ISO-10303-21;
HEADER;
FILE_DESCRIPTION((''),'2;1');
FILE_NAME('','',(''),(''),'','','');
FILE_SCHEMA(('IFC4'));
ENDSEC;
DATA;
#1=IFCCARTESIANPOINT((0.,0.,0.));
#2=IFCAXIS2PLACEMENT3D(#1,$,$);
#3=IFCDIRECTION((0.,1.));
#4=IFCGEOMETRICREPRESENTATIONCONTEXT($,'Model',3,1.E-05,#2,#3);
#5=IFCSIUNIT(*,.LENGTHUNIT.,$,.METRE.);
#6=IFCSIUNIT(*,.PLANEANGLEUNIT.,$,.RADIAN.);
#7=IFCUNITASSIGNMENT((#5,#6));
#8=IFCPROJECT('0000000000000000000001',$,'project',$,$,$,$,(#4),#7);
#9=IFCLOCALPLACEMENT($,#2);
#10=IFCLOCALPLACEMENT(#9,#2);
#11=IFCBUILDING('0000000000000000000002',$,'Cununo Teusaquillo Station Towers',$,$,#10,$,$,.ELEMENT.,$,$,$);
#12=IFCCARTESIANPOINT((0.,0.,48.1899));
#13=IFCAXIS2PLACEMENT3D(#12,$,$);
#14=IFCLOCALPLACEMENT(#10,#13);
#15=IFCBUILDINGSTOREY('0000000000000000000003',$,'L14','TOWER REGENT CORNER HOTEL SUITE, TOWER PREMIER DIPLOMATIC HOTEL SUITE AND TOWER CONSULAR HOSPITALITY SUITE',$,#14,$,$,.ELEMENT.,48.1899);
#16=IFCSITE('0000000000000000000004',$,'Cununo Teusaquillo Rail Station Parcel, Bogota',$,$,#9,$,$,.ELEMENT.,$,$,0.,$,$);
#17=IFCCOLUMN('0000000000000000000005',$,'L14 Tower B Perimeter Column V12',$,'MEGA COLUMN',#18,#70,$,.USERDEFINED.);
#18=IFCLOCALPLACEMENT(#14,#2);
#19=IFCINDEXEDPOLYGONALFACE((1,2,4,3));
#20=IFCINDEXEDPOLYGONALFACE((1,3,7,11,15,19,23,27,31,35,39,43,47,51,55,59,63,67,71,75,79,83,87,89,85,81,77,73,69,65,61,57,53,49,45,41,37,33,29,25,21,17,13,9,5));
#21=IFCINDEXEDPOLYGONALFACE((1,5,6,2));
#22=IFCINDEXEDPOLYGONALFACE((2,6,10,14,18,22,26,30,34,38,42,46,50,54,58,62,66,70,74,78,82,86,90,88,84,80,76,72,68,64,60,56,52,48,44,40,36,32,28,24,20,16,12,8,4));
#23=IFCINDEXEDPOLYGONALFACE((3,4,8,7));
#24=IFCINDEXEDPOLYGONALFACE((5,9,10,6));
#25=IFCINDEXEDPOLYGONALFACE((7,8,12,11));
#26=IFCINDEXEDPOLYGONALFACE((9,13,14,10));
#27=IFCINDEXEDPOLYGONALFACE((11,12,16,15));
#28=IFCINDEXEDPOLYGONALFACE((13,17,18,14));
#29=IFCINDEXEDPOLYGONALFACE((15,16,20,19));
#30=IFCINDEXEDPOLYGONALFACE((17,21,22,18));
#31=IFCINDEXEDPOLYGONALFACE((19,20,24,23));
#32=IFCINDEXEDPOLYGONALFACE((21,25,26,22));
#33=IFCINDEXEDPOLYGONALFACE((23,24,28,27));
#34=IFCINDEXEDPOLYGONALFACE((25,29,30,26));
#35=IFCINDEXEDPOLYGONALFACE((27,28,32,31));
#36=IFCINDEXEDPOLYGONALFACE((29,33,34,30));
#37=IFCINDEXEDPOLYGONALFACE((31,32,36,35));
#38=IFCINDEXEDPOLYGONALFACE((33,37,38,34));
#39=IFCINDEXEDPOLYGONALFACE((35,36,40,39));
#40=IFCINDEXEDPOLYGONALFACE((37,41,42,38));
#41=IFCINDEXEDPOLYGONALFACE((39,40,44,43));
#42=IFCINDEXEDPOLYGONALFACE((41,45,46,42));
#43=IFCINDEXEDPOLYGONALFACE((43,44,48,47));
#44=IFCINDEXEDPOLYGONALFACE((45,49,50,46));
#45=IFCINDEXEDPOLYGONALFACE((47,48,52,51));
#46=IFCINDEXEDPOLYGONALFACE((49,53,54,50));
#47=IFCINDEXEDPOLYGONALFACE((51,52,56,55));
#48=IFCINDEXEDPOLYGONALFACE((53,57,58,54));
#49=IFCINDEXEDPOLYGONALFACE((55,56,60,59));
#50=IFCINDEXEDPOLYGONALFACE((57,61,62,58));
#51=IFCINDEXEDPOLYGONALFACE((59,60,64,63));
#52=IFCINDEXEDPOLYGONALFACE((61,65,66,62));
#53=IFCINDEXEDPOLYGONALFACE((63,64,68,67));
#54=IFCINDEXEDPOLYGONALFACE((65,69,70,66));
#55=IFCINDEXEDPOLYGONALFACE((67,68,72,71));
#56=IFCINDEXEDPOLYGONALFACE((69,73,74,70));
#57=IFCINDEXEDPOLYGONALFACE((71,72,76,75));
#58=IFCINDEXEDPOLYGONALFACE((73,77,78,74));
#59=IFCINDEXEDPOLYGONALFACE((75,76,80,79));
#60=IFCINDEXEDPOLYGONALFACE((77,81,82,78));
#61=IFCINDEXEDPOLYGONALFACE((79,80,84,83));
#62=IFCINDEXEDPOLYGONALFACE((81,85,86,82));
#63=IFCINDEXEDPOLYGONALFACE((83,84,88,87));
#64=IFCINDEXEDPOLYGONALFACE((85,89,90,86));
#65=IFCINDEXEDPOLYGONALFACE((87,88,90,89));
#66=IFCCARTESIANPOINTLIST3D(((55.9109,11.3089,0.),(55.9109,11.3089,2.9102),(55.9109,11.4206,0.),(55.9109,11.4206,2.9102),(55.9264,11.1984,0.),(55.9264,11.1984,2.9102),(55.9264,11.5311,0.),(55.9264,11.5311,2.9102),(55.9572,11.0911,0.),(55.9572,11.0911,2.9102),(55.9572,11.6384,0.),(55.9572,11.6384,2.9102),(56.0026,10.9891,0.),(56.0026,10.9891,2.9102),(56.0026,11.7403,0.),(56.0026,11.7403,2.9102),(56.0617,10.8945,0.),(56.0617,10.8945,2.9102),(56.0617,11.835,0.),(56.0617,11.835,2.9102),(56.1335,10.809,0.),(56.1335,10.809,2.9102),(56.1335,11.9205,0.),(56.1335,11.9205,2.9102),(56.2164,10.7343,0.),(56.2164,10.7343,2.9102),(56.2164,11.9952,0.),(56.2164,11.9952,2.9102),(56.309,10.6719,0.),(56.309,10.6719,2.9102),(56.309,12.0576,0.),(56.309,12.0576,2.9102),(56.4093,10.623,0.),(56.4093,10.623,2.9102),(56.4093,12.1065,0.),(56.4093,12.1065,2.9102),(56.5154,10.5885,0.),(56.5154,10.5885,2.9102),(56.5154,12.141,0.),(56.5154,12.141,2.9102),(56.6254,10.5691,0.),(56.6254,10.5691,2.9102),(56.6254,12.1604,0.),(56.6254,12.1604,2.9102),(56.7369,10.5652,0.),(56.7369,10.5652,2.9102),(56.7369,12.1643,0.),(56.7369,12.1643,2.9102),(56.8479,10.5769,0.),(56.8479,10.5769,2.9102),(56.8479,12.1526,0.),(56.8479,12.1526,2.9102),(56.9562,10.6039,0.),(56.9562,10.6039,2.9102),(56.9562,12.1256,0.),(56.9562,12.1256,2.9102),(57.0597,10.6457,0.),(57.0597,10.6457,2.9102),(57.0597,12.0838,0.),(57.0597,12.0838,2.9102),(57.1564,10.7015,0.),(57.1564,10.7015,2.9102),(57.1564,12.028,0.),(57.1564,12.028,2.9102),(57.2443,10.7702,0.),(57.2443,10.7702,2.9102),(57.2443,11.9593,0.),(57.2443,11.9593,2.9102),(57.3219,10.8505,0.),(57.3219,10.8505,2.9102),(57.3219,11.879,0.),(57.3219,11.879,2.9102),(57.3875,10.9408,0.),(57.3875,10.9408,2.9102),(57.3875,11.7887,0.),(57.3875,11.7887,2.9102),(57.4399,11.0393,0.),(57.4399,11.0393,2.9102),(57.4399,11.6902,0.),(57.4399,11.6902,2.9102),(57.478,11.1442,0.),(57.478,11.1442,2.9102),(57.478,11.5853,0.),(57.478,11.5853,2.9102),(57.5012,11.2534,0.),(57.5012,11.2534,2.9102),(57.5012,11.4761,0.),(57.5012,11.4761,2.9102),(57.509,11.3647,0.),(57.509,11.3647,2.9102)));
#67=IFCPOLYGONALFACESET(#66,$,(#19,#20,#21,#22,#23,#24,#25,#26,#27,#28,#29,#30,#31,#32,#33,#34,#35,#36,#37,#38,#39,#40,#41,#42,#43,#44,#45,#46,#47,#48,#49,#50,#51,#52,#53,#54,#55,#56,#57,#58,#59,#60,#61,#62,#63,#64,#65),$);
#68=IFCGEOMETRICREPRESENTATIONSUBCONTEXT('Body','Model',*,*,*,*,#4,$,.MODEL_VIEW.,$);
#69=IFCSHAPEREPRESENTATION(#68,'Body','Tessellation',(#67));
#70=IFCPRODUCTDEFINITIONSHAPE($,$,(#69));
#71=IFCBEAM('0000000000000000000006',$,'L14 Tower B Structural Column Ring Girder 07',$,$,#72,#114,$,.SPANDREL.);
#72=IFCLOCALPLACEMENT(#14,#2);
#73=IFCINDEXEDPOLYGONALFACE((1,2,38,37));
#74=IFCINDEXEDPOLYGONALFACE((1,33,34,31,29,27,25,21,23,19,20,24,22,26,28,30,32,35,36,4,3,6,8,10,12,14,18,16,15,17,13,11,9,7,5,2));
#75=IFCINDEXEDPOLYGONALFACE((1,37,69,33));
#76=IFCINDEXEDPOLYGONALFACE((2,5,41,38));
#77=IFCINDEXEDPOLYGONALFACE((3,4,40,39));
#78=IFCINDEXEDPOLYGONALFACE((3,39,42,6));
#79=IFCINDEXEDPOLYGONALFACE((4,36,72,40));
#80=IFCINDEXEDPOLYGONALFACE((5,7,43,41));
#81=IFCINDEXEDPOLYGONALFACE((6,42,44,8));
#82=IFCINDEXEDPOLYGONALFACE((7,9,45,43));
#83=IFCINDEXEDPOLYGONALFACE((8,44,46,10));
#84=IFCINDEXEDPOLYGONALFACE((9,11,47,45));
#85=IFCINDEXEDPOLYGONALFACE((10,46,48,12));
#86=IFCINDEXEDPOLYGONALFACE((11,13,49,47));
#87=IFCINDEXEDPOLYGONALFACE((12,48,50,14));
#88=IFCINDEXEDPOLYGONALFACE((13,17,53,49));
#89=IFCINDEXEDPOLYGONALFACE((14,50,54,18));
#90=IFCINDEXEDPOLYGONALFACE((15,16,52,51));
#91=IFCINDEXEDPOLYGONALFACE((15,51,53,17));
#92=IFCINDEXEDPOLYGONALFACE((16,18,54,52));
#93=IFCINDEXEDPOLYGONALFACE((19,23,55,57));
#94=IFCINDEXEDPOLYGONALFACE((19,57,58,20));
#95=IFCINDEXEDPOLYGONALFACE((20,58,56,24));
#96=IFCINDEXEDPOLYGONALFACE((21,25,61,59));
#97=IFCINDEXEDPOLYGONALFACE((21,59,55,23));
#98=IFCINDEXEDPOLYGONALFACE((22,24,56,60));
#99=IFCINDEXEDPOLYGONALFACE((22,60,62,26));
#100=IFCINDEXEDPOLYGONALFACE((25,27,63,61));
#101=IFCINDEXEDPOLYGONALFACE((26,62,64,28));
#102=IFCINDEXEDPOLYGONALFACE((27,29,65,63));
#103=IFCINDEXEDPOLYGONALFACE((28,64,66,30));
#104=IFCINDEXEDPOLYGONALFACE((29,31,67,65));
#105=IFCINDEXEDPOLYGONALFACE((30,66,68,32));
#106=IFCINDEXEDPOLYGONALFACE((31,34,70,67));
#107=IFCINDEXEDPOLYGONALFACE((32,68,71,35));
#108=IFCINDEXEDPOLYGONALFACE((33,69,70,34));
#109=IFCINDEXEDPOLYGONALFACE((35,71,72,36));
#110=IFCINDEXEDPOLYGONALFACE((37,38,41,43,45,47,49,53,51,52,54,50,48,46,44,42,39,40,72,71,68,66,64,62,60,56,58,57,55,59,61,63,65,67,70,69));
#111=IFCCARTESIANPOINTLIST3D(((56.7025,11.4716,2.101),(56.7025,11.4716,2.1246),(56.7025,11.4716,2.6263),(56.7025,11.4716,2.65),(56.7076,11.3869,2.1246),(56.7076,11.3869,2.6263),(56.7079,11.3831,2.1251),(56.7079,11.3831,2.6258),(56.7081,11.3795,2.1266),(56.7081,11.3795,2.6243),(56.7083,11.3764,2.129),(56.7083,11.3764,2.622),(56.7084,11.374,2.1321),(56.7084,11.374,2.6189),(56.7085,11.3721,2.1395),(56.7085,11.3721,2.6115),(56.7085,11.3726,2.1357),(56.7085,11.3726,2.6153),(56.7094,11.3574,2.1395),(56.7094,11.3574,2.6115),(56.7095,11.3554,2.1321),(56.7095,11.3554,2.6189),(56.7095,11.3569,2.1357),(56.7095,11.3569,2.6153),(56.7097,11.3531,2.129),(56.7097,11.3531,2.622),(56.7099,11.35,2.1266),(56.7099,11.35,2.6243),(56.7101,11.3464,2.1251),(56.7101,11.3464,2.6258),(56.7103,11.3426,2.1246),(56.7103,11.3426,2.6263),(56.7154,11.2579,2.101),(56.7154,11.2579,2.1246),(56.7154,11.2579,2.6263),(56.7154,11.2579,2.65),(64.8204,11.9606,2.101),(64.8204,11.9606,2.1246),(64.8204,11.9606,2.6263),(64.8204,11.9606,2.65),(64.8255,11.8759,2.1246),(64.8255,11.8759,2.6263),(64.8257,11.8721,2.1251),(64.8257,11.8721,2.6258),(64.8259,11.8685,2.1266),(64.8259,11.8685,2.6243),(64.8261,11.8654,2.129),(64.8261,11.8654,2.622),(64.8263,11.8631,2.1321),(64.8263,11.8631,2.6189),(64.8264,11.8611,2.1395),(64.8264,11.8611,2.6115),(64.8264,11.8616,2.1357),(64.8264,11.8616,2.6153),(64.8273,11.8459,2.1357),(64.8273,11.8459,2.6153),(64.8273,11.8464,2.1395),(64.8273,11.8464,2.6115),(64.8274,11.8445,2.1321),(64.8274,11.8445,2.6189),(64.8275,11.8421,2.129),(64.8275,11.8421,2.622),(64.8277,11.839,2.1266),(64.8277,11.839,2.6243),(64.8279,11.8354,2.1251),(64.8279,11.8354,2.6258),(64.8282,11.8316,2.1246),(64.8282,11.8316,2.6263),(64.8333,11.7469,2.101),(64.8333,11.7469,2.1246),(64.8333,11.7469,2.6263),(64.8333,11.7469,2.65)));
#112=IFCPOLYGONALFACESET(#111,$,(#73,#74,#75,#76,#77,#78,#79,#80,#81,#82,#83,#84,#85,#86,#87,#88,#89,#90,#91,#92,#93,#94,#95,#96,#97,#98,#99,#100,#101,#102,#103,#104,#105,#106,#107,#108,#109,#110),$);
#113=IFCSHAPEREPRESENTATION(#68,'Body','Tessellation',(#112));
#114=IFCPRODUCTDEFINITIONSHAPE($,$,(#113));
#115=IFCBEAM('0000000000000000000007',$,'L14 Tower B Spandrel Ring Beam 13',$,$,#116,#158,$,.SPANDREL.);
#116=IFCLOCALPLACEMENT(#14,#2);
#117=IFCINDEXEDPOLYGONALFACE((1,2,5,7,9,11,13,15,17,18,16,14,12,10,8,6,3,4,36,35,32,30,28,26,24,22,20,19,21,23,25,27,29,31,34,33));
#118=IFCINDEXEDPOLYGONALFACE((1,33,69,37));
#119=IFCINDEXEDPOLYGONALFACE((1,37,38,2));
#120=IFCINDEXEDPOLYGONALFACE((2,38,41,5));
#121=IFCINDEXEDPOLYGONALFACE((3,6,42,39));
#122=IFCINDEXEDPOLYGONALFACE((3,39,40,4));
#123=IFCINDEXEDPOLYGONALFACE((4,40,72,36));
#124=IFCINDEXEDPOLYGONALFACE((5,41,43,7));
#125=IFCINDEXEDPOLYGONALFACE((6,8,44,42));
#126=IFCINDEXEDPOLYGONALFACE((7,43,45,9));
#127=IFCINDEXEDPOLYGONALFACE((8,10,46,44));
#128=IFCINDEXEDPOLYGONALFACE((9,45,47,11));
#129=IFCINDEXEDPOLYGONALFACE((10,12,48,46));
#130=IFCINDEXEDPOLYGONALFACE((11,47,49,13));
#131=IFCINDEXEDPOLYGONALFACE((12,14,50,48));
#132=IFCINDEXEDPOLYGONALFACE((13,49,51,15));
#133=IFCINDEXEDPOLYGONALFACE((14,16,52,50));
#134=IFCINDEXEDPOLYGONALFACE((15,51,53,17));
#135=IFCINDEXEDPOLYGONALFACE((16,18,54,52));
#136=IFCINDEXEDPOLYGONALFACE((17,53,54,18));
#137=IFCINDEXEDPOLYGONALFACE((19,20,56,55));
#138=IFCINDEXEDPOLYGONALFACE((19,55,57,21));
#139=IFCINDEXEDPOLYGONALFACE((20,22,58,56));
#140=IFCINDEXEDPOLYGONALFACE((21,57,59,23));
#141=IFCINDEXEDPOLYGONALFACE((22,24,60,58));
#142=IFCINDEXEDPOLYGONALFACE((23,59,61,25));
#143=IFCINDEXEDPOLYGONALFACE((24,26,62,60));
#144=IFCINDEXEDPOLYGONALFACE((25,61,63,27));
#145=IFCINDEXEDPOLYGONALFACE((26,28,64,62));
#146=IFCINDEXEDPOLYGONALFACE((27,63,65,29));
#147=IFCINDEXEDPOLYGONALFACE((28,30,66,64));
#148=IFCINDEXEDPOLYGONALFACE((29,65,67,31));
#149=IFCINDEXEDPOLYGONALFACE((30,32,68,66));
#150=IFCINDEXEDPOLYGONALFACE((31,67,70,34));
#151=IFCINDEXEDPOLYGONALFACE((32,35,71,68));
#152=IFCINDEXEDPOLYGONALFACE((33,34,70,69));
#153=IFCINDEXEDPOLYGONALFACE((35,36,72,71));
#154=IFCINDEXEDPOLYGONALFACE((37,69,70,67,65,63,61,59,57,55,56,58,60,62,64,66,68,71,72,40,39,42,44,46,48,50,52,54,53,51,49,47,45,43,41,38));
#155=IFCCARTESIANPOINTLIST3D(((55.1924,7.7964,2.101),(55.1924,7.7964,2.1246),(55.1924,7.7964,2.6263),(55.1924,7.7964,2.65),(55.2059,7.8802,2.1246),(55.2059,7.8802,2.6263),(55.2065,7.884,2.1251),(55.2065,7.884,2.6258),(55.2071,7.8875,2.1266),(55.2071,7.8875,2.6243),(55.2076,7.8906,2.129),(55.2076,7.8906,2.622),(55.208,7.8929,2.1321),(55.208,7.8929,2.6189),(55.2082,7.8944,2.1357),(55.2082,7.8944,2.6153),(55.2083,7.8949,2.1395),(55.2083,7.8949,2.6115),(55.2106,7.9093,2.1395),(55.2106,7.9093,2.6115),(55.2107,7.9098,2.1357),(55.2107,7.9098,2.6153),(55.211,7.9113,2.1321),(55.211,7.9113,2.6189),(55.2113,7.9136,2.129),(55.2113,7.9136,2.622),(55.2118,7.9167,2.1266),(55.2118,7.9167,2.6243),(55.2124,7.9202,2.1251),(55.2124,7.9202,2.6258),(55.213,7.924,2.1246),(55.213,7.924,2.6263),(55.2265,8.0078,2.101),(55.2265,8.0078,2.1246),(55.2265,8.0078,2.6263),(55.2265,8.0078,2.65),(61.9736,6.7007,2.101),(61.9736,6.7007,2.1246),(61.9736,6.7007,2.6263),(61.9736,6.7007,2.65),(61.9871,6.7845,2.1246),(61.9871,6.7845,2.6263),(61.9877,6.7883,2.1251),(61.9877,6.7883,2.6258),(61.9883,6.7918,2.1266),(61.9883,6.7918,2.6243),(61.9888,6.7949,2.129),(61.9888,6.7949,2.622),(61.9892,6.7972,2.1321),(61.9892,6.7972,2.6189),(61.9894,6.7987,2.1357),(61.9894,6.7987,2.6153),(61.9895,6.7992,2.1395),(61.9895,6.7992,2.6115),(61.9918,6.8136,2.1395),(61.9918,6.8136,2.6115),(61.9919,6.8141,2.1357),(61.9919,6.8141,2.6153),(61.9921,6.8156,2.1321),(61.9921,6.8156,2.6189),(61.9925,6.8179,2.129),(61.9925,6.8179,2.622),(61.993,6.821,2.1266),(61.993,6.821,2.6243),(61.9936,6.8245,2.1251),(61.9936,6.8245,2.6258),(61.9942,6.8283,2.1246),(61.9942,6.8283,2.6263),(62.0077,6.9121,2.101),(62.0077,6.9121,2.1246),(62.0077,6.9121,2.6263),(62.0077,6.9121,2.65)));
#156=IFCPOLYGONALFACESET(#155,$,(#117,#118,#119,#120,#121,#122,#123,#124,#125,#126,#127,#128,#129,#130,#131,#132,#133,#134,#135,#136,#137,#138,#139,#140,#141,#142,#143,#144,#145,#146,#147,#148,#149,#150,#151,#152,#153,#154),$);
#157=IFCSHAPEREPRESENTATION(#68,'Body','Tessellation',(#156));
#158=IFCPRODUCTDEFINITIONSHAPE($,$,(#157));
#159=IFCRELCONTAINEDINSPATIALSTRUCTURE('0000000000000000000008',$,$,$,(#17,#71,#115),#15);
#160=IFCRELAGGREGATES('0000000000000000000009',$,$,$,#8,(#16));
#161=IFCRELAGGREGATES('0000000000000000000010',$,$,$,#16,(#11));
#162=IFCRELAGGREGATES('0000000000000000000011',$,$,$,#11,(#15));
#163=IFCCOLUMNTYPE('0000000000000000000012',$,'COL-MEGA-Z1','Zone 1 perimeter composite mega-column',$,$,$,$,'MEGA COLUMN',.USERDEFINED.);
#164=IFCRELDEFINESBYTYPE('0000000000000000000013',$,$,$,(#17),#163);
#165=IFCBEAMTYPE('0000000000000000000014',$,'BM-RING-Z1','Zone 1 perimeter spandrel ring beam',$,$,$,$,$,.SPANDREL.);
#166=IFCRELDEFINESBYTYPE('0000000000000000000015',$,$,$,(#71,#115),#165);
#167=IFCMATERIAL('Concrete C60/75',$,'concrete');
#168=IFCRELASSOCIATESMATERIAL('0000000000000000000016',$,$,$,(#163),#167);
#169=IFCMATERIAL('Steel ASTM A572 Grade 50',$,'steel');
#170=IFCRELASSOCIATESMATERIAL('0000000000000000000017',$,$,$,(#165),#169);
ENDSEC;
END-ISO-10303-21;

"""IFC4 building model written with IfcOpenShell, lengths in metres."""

from ifc_helpers import new_model, si_unit, direction, frame, origin, origin_2d, place, context, subcontext, project, spatial, circle, i_section, extrude, material, material_profile, profile_set, type_object, element, save


model = new_model("IFC4")

# Units and contexts
model_context = context("Model", 3, precision=1e-05, world=origin(), true_north=direction((0.0, 1.0)))
body_context = subcontext(model_context, "Body", "Model", "MODEL_VIEW")
ifc_project = project(units=[si_unit("LENGTHUNIT", "METRE"), si_unit("PLANEANGLEUNIT", "RADIAN")], contexts=[model_context])

# Site, building, storey
site_placement = place(None, origin())
site = spatial("IfcSite", under=ifc_project, at=site_placement, Name="Cununo Teusaquillo Rail Station Parcel, Bogota", CompositionType="ELEMENT", RefElevation=0.0)
building_placement = place(site_placement, origin())
building = spatial("IfcBuilding", under=site, at=building_placement, Name="Cununo Teusaquillo Station Towers", CompositionType="ELEMENT")
storey_placement = place(building_placement, frame((0.0, 0.0, 48.1899)))
storey = spatial("IfcBuildingStorey", under=building, at=storey_placement, Name="L14", Description="TOWER REGENT CORNER HOTEL SUITE, TOWER PREMIER DIPLOMATIC HOTEL SUITE AND TOWER CONSULAR HOSPITALITY SUITE", CompositionType="ELEMENT", Elevation=48.1899)

# Column
ifc_material_1 = material(Name="Concrete C60/75", Category="concrete")
ifc_material_profile_1 = material_profile(ifc_material_1, circle(Radius=0.8, at=origin_2d()), Name="RC-CIRC-1600")
ifc_profile_set_1 = profile_set([ifc_material_profile_1], Name="Concrete C60/75")
column_type = type_object("IfcColumnType", Name="COL-MEGA-Z1", Description="Zone 1 perimeter composite mega-column", ElementType="MEGA COLUMN", PredefinedType="USERDEFINED", material=ifc_profile_set_1)
column_placement = place(storey_placement, frame((56.709, 11.3647, 0.0), z_axis=(0.0, 0.0, 1.0), x_axis=(1.0, 0.0, 0.0)))
element("IfcColumn", 1, at=column_placement, inside=storey, type_object=column_type, Name="L14 Tower B Perimeter Column V12", ObjectType="MEGA COLUMN", PredefinedType="USERDEFINED", context=body_context, shape_type="SweptSolid", body=[
    extrude(circle(Radius=0.8, at=origin_2d()), origin(), (0.0, 0.0, 1.0), 2.9102),
])

# Beams
ifc_material_2 = material(Name="Steel ASTM A572 Grade 50", Category="steel")
ifc_material_profile_2 = material_profile(ifc_material_2, i_section(OverallWidth=0.2141, OverallDepth=0.5491, WebThickness=0.0146, FlangeThickness=0.0237, FilletRadius=0.0149, at=origin_2d()), Name="W21X93")
ifc_profile_set_2 = profile_set([ifc_material_profile_2], Name="Steel ASTM A572 Grade 50")
beam_type = type_object("IfcBeamType", Name="BM-RING-Z1", Description="Zone 1 perimeter spandrel ring beam", PredefinedType="SPANDREL", material=ifc_profile_set_2)
beam_1_placement = place(storey_placement, frame((56.709, 11.3647, 2.3755), z_axis=(0.998191, 0.06013, 0.0), x_axis=(-0.06013, 0.998191, 0.0)))
element("IfcBeam", 2, at=beam_1_placement, inside=storey, type_object=beam_type, Name="L14 Tower B Structural Column Ring Girder 07", PredefinedType="SPANDREL", context=body_context, shape_type="SweptSolid", body=[
    extrude(i_section(OverallWidth=0.2141, OverallDepth=0.5491, WebThickness=0.0146, FlangeThickness=0.0237, FilletRadius=0.0149, at=origin_2d()), origin(), (0.0, 0.0, 1.0), 8.1326),
])
beam_2_placement = place(storey_placement, frame((55.2095, 7.9021, 2.3755), z_axis=(0.987196, -0.15951, 0.0), x_axis=(0.15951, 0.987196, 0.0)))
element("IfcBeam", 3, at=beam_2_placement, inside=storey, type_object=beam_type, Name="L14 Tower B Spandrel Ring Beam 13", PredefinedType="SPANDREL", context=body_context, shape_type="SweptSolid", body=[
    extrude(i_section(OverallWidth=0.2141, OverallDepth=0.5491, WebThickness=0.0146, FlangeThickness=0.0237, FilletRadius=0.0149, at=origin_2d()), origin(), (0.0, 0.0, 1.0), 6.8691),
])

save(model, "model.ifc")
